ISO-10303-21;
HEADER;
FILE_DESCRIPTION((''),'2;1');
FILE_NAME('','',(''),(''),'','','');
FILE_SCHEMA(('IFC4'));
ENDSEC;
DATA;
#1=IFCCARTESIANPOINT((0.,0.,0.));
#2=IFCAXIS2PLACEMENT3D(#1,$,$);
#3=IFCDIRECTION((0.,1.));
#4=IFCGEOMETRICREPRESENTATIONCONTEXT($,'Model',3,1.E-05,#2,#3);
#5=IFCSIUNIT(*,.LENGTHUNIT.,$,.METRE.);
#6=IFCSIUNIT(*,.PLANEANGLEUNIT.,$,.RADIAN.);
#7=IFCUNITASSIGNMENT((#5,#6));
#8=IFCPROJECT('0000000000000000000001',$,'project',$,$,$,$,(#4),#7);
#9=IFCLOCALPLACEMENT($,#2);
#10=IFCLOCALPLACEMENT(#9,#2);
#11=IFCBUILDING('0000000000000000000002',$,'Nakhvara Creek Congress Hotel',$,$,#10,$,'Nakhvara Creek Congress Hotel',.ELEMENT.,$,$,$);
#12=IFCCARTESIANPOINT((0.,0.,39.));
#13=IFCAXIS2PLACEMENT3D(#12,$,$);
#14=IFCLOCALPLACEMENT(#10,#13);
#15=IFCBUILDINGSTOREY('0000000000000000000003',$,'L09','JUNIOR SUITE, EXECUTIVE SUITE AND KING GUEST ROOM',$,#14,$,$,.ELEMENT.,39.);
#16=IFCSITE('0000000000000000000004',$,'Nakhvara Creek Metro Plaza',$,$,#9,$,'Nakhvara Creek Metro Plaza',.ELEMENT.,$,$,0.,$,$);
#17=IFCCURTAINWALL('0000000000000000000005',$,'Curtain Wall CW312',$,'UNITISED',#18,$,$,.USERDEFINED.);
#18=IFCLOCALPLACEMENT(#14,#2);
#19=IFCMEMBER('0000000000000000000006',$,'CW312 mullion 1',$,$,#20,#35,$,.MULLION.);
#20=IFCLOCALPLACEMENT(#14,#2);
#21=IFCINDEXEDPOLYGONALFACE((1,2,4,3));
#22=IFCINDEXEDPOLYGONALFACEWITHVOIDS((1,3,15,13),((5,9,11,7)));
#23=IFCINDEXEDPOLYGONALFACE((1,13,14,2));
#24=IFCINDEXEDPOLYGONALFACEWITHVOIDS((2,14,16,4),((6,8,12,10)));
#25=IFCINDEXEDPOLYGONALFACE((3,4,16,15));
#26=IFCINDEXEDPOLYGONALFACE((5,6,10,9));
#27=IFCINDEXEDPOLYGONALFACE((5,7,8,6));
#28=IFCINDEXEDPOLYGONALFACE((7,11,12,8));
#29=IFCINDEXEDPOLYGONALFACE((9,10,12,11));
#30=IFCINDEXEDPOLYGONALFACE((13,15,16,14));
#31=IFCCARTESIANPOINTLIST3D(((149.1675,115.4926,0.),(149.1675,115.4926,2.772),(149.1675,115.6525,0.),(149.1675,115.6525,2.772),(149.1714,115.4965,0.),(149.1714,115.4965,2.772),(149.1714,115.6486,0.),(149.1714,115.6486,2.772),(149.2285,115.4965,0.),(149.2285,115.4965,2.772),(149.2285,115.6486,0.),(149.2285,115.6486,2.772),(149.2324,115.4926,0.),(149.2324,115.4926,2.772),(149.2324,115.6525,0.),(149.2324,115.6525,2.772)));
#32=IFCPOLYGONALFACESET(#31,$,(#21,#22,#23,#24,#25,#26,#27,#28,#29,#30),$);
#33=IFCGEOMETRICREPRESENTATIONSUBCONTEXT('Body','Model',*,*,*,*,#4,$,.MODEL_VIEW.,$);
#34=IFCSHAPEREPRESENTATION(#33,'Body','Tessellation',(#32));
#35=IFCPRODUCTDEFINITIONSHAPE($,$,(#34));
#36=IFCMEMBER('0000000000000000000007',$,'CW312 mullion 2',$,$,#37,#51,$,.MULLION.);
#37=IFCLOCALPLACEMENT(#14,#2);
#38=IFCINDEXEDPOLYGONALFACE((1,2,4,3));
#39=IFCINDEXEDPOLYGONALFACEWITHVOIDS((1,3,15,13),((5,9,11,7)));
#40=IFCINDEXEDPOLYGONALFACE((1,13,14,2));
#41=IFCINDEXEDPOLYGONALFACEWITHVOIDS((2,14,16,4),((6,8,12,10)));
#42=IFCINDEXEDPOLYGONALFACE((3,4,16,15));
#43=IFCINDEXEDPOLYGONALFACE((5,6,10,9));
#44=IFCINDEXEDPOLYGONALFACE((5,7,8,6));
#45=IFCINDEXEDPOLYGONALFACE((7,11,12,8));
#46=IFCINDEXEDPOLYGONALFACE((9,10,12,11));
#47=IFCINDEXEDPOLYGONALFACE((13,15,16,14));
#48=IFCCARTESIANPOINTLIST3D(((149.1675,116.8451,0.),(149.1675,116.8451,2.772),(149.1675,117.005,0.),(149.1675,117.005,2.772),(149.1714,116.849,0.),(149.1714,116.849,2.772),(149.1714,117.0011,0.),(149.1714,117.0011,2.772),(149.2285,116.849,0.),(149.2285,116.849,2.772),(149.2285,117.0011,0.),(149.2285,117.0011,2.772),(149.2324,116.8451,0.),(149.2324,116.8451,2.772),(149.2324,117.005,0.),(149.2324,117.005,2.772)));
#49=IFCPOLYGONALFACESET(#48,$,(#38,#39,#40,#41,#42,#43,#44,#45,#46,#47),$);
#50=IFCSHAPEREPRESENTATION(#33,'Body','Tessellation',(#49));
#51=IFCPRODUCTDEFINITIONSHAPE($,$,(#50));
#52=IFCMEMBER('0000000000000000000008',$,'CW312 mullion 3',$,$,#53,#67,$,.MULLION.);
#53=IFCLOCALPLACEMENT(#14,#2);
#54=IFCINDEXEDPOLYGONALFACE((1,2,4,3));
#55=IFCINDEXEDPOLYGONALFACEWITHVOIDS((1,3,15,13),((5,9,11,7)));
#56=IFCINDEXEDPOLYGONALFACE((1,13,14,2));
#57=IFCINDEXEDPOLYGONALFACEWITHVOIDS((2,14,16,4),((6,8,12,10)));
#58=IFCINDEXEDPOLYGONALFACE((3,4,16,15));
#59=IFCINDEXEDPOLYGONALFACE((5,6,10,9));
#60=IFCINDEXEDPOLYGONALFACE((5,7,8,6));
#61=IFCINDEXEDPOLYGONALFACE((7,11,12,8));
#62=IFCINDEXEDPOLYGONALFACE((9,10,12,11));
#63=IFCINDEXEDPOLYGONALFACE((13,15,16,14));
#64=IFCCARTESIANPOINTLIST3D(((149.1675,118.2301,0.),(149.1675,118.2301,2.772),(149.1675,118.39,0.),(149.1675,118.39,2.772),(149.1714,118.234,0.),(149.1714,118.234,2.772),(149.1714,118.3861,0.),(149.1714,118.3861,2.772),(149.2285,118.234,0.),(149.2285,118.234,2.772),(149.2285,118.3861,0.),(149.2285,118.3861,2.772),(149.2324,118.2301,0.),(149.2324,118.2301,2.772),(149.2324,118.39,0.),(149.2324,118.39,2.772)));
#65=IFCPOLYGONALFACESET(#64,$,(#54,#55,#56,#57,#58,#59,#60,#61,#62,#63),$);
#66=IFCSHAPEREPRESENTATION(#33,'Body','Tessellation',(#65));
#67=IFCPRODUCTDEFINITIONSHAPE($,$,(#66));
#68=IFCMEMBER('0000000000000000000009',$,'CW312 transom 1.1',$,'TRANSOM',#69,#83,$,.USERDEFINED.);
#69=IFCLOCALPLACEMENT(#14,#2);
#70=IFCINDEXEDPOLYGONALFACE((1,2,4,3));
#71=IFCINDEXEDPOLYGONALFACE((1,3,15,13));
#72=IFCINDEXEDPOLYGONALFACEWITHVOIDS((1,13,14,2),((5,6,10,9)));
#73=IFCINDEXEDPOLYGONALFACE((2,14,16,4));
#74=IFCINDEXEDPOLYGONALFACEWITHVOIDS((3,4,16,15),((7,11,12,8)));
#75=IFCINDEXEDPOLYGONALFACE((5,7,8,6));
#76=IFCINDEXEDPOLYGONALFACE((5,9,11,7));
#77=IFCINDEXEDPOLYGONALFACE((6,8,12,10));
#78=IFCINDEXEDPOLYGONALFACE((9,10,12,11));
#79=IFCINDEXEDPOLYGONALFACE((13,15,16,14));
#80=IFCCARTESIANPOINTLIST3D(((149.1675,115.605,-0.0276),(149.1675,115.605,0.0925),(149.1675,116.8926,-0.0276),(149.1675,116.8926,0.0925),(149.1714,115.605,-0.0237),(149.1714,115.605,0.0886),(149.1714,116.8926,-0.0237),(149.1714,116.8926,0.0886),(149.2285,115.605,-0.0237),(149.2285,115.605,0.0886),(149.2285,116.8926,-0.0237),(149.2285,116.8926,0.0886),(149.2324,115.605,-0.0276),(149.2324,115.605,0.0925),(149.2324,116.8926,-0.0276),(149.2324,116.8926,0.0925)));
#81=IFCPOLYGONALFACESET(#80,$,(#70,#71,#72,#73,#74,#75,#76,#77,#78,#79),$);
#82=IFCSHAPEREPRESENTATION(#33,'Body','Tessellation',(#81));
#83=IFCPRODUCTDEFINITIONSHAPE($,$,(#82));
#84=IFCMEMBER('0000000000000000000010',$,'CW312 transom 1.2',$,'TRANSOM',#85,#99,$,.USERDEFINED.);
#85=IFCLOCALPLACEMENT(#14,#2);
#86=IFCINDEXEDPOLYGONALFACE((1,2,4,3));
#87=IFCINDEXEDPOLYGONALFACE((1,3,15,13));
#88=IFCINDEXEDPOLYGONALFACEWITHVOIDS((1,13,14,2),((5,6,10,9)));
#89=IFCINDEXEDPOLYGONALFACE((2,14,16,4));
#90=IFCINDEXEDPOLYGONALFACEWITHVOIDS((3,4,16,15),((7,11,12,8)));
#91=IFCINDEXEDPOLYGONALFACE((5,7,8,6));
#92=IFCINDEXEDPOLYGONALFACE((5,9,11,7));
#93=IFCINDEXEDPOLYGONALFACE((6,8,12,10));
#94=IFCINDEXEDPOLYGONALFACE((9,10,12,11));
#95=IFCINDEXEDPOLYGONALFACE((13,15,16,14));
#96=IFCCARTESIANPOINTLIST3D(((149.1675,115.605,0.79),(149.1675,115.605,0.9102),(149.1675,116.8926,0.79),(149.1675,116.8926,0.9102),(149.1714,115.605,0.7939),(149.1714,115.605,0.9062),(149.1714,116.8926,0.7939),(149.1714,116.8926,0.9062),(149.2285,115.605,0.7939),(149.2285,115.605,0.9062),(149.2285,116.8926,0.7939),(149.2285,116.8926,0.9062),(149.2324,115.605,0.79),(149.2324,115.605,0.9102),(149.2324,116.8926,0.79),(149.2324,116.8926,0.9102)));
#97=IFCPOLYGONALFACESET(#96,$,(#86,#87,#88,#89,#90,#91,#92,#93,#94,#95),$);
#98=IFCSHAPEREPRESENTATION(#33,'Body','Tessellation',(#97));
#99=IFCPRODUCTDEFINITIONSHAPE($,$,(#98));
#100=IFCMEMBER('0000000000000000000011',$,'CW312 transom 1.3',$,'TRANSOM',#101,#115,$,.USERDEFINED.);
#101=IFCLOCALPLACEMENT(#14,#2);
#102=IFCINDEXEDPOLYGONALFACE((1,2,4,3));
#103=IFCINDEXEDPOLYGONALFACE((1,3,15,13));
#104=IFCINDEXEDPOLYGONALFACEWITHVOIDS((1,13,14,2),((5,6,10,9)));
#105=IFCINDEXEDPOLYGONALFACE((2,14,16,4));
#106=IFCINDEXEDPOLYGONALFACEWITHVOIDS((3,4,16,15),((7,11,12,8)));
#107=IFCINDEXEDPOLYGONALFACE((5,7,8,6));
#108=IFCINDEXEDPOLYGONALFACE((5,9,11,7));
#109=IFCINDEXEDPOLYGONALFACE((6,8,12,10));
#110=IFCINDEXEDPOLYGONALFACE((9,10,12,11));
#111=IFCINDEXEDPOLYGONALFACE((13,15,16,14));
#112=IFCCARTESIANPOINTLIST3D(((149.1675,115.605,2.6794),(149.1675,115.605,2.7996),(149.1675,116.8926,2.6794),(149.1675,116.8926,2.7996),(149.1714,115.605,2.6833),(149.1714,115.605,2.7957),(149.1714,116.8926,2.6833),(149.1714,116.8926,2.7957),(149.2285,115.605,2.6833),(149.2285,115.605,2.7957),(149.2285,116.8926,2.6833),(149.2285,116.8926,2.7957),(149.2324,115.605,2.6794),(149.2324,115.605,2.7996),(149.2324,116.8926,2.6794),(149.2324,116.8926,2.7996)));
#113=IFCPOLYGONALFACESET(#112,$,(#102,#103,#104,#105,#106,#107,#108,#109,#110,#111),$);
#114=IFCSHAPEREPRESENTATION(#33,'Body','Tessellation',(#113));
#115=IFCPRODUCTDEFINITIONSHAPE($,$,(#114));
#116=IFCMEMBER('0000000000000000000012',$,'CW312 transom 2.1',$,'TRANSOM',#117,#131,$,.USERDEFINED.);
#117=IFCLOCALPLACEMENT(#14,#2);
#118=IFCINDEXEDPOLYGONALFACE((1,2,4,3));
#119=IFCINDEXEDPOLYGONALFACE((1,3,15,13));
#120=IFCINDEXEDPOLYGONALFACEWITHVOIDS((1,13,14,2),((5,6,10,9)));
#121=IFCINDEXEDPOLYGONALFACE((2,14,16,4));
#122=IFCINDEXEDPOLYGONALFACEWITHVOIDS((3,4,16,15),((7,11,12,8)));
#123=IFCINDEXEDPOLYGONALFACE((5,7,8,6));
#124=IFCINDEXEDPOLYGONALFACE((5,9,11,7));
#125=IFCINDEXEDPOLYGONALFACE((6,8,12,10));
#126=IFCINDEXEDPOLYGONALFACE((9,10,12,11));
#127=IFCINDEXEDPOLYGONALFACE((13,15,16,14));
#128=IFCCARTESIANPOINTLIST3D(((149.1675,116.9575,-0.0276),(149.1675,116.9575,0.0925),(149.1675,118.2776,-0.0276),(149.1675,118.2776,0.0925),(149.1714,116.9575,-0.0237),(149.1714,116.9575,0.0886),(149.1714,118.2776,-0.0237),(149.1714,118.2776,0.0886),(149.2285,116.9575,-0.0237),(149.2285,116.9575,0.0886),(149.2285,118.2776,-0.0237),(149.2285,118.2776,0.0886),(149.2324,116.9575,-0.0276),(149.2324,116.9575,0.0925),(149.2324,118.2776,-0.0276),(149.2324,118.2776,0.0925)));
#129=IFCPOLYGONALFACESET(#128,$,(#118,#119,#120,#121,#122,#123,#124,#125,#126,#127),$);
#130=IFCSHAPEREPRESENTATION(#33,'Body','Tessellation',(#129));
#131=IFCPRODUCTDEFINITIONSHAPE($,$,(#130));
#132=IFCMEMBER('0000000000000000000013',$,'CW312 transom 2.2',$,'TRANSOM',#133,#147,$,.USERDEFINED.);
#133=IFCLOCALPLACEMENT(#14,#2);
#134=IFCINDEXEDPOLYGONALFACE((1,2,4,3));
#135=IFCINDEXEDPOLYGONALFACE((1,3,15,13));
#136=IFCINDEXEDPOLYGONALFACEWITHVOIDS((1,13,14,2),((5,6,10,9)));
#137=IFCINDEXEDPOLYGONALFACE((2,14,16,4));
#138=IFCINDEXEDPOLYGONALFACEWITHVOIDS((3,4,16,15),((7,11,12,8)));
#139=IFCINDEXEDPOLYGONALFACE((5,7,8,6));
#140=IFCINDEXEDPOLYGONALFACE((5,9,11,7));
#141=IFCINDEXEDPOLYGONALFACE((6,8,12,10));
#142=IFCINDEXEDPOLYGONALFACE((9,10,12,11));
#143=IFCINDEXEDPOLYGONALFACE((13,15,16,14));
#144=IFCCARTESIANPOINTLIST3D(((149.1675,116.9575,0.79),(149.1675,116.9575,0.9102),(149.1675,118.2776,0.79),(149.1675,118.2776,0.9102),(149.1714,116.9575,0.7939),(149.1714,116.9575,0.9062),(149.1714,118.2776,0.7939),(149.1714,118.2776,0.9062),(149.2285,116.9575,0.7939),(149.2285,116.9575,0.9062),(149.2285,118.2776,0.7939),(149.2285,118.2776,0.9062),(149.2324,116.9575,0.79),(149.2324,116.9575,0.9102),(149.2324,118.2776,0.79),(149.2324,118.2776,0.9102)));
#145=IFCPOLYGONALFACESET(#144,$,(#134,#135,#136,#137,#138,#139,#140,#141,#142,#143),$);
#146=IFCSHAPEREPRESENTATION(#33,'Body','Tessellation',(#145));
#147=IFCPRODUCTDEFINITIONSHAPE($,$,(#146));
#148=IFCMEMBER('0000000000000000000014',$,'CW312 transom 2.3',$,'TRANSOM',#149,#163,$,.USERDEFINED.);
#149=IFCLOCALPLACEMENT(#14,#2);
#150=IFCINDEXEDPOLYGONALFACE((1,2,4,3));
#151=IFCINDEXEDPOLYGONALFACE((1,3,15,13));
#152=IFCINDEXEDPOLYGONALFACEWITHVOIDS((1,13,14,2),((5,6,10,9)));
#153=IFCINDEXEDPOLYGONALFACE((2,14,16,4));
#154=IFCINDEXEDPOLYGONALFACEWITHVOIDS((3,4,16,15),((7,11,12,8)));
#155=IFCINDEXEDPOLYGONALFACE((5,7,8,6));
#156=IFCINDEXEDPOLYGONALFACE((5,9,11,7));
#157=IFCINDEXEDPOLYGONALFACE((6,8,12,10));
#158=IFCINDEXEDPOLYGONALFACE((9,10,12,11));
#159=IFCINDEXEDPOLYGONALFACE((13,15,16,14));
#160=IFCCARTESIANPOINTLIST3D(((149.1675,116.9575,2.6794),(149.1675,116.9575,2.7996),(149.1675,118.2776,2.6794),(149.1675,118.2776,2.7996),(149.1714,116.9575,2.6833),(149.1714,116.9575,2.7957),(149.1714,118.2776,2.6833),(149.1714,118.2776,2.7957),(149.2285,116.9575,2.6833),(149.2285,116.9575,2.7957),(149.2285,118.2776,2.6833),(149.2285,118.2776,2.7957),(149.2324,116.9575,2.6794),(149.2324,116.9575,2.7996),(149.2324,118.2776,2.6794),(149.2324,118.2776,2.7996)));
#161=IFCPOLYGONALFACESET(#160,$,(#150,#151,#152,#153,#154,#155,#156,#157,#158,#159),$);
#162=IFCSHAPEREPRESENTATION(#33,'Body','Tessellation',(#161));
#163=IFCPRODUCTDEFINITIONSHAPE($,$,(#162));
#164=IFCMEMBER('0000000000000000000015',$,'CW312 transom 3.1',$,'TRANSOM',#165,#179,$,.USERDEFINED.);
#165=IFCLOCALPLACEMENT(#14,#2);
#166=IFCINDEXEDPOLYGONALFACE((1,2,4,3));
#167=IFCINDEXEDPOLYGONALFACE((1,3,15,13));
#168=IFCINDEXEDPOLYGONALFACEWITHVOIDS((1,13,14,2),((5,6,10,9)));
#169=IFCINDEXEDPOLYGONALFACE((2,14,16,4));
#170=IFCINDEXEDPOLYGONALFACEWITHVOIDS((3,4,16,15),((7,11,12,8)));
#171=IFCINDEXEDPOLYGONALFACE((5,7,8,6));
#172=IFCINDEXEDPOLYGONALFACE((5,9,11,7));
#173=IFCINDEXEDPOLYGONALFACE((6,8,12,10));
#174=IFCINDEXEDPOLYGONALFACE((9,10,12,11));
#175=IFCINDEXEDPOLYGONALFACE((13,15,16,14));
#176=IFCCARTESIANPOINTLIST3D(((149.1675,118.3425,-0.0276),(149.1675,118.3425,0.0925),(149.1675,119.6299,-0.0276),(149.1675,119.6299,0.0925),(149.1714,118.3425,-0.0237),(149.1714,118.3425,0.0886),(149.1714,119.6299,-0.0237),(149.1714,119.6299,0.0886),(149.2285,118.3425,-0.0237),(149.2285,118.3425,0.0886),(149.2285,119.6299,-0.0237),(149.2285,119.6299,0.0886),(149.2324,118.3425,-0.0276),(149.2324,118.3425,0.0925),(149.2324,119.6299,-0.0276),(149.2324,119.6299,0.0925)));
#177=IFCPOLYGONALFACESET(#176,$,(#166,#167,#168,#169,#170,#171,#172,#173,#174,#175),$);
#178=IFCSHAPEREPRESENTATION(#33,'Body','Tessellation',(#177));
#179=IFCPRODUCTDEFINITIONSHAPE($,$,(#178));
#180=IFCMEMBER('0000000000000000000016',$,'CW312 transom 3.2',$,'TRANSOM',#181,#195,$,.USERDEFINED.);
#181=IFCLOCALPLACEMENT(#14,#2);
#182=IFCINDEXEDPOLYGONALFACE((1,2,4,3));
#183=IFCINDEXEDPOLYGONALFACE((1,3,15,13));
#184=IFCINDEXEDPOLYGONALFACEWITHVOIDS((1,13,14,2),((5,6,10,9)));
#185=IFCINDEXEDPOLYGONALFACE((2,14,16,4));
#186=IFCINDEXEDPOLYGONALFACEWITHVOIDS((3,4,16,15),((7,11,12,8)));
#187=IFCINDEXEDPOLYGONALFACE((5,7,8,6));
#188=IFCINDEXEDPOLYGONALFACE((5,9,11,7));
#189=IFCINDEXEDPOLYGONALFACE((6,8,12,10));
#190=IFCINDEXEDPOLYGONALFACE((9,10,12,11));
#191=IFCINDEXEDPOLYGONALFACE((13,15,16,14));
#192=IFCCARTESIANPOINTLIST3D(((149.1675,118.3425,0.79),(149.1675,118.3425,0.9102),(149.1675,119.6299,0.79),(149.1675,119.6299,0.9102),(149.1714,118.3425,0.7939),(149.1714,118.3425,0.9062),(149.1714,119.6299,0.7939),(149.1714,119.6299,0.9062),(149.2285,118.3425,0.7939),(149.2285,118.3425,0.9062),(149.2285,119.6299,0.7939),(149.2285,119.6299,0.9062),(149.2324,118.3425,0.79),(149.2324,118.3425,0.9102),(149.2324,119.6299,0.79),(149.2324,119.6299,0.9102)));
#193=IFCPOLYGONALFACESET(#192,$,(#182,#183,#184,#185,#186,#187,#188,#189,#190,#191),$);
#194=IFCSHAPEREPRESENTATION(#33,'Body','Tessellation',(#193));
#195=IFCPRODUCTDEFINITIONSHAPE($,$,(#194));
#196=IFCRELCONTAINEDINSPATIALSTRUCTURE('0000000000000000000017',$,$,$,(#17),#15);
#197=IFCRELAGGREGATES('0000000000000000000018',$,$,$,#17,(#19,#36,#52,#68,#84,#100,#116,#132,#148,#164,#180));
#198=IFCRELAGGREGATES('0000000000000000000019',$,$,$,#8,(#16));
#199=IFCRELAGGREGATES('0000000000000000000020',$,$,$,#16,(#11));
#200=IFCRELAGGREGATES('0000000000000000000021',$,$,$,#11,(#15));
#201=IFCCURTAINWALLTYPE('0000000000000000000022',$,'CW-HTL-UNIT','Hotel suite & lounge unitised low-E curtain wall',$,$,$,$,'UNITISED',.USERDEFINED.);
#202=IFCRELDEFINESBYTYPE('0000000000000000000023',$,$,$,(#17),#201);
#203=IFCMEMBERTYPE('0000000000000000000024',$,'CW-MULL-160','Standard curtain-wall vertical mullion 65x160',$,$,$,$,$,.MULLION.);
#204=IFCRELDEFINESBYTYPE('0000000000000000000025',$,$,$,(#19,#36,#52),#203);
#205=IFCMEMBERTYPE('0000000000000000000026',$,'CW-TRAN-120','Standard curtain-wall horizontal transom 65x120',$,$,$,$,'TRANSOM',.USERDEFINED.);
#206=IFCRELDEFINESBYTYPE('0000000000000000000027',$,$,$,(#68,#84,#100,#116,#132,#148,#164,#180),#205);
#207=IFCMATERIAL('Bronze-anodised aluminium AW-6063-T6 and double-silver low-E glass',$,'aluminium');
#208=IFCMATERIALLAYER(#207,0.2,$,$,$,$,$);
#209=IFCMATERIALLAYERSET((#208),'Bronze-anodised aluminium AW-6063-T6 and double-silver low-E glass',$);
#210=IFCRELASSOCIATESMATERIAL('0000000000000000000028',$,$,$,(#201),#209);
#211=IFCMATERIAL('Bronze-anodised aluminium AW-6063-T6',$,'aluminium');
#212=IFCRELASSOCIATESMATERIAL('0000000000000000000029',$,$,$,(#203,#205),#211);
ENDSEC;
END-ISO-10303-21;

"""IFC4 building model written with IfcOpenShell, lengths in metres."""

from ifc_helpers import new_model, si_unit, direction, frame, origin, origin_2d, place, context, subcontext, project, spatial, hollow_rectangle, extrude, material, layer, layer_set, material_profile, profile_set, type_object, element, aggregate, save


model = new_model("IFC4")

# Units and contexts
model_context = context("Model", 3, precision=1e-05, world=origin(), true_north=direction((0.0, 1.0)))
body_context = subcontext(model_context, "Body", "Model", "MODEL_VIEW")
ifc_project = project(units=[si_unit("LENGTHUNIT", "METRE"), si_unit("PLANEANGLEUNIT", "RADIAN")], contexts=[model_context])

# Site, building, storey
site_placement = place(None, origin())
site = spatial("IfcSite", under=ifc_project, at=site_placement, Name="Nakhvara Creek Metro Plaza", LongName="Nakhvara Creek Metro Plaza", CompositionType="ELEMENT", RefElevation=0.0)
building_placement = place(site_placement, origin())
building = spatial("IfcBuilding", under=site, at=building_placement, Name="Nakhvara Creek Congress Hotel", LongName="Nakhvara Creek Congress Hotel", CompositionType="ELEMENT")
storey_placement = place(building_placement, frame((0.0, 0.0, 39.0)))
storey = spatial("IfcBuildingStorey", under=building, at=storey_placement, Name="L09", Description="JUNIOR SUITE, EXECUTIVE SUITE AND KING GUEST ROOM", CompositionType="ELEMENT", Elevation=39.0)

# Curtain wall, members
ifc_material_1 = material(Name="Bronze-anodised aluminium AW-6063-T6 and double-silver low-E glass", Category="aluminium")
ifc_layer = layer(ifc_material_1, 0.2)
ifc_layer_set = layer_set([ifc_layer], Name="Bronze-anodised aluminium AW-6063-T6 and double-silver low-E glass")
curtain_wall_type = type_object("IfcCurtainWallType", Name="CW-HTL-UNIT", Description="Hotel suite & lounge unitised low-E curtain wall", ElementType="UNITISED", PredefinedType="USERDEFINED", material=ifc_layer_set)
curtain_wall_placement = place(storey_placement, origin())
curtain_wall = element("IfcCurtainWall", 1, at=curtain_wall_placement, inside=storey, type_object=curtain_wall_type, Name="Curtain Wall CW312", ObjectType="UNITISED", PredefinedType="USERDEFINED")
ifc_material_2 = material(Name="Bronze-anodised aluminium AW-6063-T6", Category="aluminium")
ifc_material_profile_1 = material_profile(ifc_material_2, hollow_rectangle(XDim=0.0649, YDim=0.1599, WallThickness=0.0039, at=origin_2d()), Name="ALU-MULL 65x160x4", Category="LoadBearing")
ifc_profile_set_1 = profile_set([ifc_material_profile_1], Name="Bronze-anodised aluminium AW-6063-T6")
member_type_1 = type_object("IfcMemberType", Name="CW-MULL-160", Description="Standard curtain-wall vertical mullion 65x160", PredefinedType="MULLION", material=ifc_profile_set_1)
member_1_placement = place(storey_placement, frame((149.2, 115.5725, 0.0), z_axis=(0.0, 0.0, 1.0), x_axis=(-1.0, 0.0, 0.0)))
member_1 = element("IfcMember", 2, at=member_1_placement, type_object=member_type_1, Name="CW312 mullion 1", PredefinedType="MULLION", context=body_context, shape_type="SweptSolid", body=[
    extrude(hollow_rectangle(XDim=0.0649, YDim=0.1599, WallThickness=0.0039, at=origin_2d()), origin(), (0.0, 0.0, 1.0), 2.772),
])
member_2_placement = place(storey_placement, frame((149.2, 116.925, 0.0), z_axis=(0.0, 0.0, 1.0), x_axis=(-1.0, 0.0, 0.0)))
member_2 = element("IfcMember", 3, at=member_2_placement, type_object=member_type_1, Name="CW312 mullion 2", PredefinedType="MULLION", context=body_context, shape_type="SweptSolid", body=[
    extrude(hollow_rectangle(XDim=0.0649, YDim=0.1599, WallThickness=0.0039, at=origin_2d()), origin(), (0.0, 0.0, 1.0), 2.772),
])
member_3_placement = place(storey_placement, frame((149.2, 118.3101, 0.0), z_axis=(0.0, 0.0, 1.0), x_axis=(-1.0, 0.0, 0.0)))
member_3 = element("IfcMember", 4, at=member_3_placement, type_object=member_type_1, Name="CW312 mullion 3", PredefinedType="MULLION", context=body_context, shape_type="SweptSolid", body=[
    extrude(hollow_rectangle(XDim=0.0649, YDim=0.1599, WallThickness=0.0039, at=origin_2d()), origin(), (0.0, 0.0, 1.0), 2.772),
])
ifc_material_profile_2 = material_profile(ifc_material_2, hollow_rectangle(XDim=0.0649, YDim=0.1201, WallThickness=0.0039, at=origin_2d()), Name="ALU-TRAN 65x120x4", Category="LoadBearing")
ifc_profile_set_2 = profile_set([ifc_material_profile_2], Name="Bronze-anodised aluminium AW-6063-T6")
member_type_2 = type_object("IfcMemberType", Name="CW-TRAN-120", Description="Standard curtain-wall horizontal transom 65x120", ElementType="TRANSOM", PredefinedType="USERDEFINED", material=ifc_profile_set_2)
member_4_placement = place(storey_placement, frame((149.2, 115.605, 0.0325), z_axis=(0.0, 1.0, 0.0), x_axis=(-1.0, 0.0, 0.0)))
member_4 = element("IfcMember", 5, at=member_4_placement, type_object=member_type_2, Name="CW312 transom 1.1", ObjectType="TRANSOM", PredefinedType="USERDEFINED", context=body_context, shape_type="SweptSolid", body=[
    extrude(hollow_rectangle(XDim=0.0649, YDim=0.1201, WallThickness=0.0039, at=origin_2d()), origin(), (0.0, 0.0, 1.0), 1.2876),
])
member_5_placement = place(storey_placement, frame((149.2, 115.605, 0.8501), z_axis=(0.0, 1.0, 0.0), x_axis=(-1.0, 0.0, 0.0)))
member_5 = element("IfcMember", 6, at=member_5_placement, type_object=member_type_2, Name="CW312 transom 1.2", ObjectType="TRANSOM", PredefinedType="USERDEFINED", context=body_context, shape_type="SweptSolid", body=[
    extrude(hollow_rectangle(XDim=0.0649, YDim=0.1201, WallThickness=0.0039, at=origin_2d()), origin(), (0.0, 0.0, 1.0), 1.2876),
])
member_6_placement = place(storey_placement, frame((149.2, 115.605, 2.7395), z_axis=(0.0, 1.0, 0.0), x_axis=(-1.0, 0.0, 0.0)))
member_6 = element("IfcMember", 7, at=member_6_placement, type_object=member_type_2, Name="CW312 transom 1.3", ObjectType="TRANSOM", PredefinedType="USERDEFINED", context=body_context, shape_type="SweptSolid", body=[
    extrude(hollow_rectangle(XDim=0.0649, YDim=0.1201, WallThickness=0.0039, at=origin_2d()), origin(), (0.0, 0.0, 1.0), 1.2876),
])
member_7_placement = place(storey_placement, frame((149.2, 116.9575, 0.0325), z_axis=(0.0, 1.0, 0.0), x_axis=(-1.0, 0.0, 0.0)))
member_7 = element("IfcMember", 8, at=member_7_placement, type_object=member_type_2, Name="CW312 transom 2.1", ObjectType="TRANSOM", PredefinedType="USERDEFINED", context=body_context, shape_type="SweptSolid", body=[
    extrude(hollow_rectangle(XDim=0.0649, YDim=0.1201, WallThickness=0.0039, at=origin_2d()), origin(), (0.0, 0.0, 1.0), 1.3201),
])
member_8_placement = place(storey_placement, frame((149.2, 116.9575, 0.8501), z_axis=(0.0, 1.0, 0.0), x_axis=(-1.0, 0.0, 0.0)))
member_8 = element("IfcMember", 9, at=member_8_placement, type_object=member_type_2, Name="CW312 transom 2.2", ObjectType="TRANSOM", PredefinedType="USERDEFINED", context=body_context, shape_type="SweptSolid", body=[
    extrude(hollow_rectangle(XDim=0.0649, YDim=0.1201, WallThickness=0.0039, at=origin_2d()), origin(), (0.0, 0.0, 1.0), 1.3201),
])
member_9_placement = place(storey_placement, frame((149.2, 116.9575, 2.7395), z_axis=(0.0, 1.0, 0.0), x_axis=(-1.0, 0.0, 0.0)))
member_9 = element("IfcMember", 10, at=member_9_placement, type_object=member_type_2, Name="CW312 transom 2.3", ObjectType="TRANSOM", PredefinedType="USERDEFINED", context=body_context, shape_type="SweptSolid", body=[
    extrude(hollow_rectangle(XDim=0.0649, YDim=0.1201, WallThickness=0.0039, at=origin_2d()), origin(), (0.0, 0.0, 1.0), 1.3201),
])
member_10_placement = place(storey_placement, frame((149.2, 118.3425, 0.0325), z_axis=(0.0, 1.0, 0.0), x_axis=(-1.0, 0.0, 0.0)))
member_10 = element("IfcMember", 11, at=member_10_placement, type_object=member_type_2, Name="CW312 transom 3.1", ObjectType="TRANSOM", PredefinedType="USERDEFINED", context=body_context, shape_type="SweptSolid", body=[
    extrude(hollow_rectangle(XDim=0.0649, YDim=0.1201, WallThickness=0.0039, at=origin_2d()), origin(), (0.0, 0.0, 1.0), 1.2874),
])
member_11_placement = place(storey_placement, frame((149.2, 118.3425, 0.8501), z_axis=(0.0, 1.0, 0.0), x_axis=(-1.0, 0.0, 0.0)))
member_11 = element("IfcMember", 12, at=member_11_placement, type_object=member_type_2, Name="CW312 transom 3.2", ObjectType="TRANSOM", PredefinedType="USERDEFINED", context=body_context, shape_type="SweptSolid", body=[
    extrude(hollow_rectangle(XDim=0.0649, YDim=0.1201, WallThickness=0.0039, at=origin_2d()), origin(), (0.0, 0.0, 1.0), 1.2874),
])
aggregate(curtain_wall, [member_1, member_2, member_3, member_4, member_5, member_6, member_7, member_8, member_9, member_10, member_11])

save(model, "model.ifc")
